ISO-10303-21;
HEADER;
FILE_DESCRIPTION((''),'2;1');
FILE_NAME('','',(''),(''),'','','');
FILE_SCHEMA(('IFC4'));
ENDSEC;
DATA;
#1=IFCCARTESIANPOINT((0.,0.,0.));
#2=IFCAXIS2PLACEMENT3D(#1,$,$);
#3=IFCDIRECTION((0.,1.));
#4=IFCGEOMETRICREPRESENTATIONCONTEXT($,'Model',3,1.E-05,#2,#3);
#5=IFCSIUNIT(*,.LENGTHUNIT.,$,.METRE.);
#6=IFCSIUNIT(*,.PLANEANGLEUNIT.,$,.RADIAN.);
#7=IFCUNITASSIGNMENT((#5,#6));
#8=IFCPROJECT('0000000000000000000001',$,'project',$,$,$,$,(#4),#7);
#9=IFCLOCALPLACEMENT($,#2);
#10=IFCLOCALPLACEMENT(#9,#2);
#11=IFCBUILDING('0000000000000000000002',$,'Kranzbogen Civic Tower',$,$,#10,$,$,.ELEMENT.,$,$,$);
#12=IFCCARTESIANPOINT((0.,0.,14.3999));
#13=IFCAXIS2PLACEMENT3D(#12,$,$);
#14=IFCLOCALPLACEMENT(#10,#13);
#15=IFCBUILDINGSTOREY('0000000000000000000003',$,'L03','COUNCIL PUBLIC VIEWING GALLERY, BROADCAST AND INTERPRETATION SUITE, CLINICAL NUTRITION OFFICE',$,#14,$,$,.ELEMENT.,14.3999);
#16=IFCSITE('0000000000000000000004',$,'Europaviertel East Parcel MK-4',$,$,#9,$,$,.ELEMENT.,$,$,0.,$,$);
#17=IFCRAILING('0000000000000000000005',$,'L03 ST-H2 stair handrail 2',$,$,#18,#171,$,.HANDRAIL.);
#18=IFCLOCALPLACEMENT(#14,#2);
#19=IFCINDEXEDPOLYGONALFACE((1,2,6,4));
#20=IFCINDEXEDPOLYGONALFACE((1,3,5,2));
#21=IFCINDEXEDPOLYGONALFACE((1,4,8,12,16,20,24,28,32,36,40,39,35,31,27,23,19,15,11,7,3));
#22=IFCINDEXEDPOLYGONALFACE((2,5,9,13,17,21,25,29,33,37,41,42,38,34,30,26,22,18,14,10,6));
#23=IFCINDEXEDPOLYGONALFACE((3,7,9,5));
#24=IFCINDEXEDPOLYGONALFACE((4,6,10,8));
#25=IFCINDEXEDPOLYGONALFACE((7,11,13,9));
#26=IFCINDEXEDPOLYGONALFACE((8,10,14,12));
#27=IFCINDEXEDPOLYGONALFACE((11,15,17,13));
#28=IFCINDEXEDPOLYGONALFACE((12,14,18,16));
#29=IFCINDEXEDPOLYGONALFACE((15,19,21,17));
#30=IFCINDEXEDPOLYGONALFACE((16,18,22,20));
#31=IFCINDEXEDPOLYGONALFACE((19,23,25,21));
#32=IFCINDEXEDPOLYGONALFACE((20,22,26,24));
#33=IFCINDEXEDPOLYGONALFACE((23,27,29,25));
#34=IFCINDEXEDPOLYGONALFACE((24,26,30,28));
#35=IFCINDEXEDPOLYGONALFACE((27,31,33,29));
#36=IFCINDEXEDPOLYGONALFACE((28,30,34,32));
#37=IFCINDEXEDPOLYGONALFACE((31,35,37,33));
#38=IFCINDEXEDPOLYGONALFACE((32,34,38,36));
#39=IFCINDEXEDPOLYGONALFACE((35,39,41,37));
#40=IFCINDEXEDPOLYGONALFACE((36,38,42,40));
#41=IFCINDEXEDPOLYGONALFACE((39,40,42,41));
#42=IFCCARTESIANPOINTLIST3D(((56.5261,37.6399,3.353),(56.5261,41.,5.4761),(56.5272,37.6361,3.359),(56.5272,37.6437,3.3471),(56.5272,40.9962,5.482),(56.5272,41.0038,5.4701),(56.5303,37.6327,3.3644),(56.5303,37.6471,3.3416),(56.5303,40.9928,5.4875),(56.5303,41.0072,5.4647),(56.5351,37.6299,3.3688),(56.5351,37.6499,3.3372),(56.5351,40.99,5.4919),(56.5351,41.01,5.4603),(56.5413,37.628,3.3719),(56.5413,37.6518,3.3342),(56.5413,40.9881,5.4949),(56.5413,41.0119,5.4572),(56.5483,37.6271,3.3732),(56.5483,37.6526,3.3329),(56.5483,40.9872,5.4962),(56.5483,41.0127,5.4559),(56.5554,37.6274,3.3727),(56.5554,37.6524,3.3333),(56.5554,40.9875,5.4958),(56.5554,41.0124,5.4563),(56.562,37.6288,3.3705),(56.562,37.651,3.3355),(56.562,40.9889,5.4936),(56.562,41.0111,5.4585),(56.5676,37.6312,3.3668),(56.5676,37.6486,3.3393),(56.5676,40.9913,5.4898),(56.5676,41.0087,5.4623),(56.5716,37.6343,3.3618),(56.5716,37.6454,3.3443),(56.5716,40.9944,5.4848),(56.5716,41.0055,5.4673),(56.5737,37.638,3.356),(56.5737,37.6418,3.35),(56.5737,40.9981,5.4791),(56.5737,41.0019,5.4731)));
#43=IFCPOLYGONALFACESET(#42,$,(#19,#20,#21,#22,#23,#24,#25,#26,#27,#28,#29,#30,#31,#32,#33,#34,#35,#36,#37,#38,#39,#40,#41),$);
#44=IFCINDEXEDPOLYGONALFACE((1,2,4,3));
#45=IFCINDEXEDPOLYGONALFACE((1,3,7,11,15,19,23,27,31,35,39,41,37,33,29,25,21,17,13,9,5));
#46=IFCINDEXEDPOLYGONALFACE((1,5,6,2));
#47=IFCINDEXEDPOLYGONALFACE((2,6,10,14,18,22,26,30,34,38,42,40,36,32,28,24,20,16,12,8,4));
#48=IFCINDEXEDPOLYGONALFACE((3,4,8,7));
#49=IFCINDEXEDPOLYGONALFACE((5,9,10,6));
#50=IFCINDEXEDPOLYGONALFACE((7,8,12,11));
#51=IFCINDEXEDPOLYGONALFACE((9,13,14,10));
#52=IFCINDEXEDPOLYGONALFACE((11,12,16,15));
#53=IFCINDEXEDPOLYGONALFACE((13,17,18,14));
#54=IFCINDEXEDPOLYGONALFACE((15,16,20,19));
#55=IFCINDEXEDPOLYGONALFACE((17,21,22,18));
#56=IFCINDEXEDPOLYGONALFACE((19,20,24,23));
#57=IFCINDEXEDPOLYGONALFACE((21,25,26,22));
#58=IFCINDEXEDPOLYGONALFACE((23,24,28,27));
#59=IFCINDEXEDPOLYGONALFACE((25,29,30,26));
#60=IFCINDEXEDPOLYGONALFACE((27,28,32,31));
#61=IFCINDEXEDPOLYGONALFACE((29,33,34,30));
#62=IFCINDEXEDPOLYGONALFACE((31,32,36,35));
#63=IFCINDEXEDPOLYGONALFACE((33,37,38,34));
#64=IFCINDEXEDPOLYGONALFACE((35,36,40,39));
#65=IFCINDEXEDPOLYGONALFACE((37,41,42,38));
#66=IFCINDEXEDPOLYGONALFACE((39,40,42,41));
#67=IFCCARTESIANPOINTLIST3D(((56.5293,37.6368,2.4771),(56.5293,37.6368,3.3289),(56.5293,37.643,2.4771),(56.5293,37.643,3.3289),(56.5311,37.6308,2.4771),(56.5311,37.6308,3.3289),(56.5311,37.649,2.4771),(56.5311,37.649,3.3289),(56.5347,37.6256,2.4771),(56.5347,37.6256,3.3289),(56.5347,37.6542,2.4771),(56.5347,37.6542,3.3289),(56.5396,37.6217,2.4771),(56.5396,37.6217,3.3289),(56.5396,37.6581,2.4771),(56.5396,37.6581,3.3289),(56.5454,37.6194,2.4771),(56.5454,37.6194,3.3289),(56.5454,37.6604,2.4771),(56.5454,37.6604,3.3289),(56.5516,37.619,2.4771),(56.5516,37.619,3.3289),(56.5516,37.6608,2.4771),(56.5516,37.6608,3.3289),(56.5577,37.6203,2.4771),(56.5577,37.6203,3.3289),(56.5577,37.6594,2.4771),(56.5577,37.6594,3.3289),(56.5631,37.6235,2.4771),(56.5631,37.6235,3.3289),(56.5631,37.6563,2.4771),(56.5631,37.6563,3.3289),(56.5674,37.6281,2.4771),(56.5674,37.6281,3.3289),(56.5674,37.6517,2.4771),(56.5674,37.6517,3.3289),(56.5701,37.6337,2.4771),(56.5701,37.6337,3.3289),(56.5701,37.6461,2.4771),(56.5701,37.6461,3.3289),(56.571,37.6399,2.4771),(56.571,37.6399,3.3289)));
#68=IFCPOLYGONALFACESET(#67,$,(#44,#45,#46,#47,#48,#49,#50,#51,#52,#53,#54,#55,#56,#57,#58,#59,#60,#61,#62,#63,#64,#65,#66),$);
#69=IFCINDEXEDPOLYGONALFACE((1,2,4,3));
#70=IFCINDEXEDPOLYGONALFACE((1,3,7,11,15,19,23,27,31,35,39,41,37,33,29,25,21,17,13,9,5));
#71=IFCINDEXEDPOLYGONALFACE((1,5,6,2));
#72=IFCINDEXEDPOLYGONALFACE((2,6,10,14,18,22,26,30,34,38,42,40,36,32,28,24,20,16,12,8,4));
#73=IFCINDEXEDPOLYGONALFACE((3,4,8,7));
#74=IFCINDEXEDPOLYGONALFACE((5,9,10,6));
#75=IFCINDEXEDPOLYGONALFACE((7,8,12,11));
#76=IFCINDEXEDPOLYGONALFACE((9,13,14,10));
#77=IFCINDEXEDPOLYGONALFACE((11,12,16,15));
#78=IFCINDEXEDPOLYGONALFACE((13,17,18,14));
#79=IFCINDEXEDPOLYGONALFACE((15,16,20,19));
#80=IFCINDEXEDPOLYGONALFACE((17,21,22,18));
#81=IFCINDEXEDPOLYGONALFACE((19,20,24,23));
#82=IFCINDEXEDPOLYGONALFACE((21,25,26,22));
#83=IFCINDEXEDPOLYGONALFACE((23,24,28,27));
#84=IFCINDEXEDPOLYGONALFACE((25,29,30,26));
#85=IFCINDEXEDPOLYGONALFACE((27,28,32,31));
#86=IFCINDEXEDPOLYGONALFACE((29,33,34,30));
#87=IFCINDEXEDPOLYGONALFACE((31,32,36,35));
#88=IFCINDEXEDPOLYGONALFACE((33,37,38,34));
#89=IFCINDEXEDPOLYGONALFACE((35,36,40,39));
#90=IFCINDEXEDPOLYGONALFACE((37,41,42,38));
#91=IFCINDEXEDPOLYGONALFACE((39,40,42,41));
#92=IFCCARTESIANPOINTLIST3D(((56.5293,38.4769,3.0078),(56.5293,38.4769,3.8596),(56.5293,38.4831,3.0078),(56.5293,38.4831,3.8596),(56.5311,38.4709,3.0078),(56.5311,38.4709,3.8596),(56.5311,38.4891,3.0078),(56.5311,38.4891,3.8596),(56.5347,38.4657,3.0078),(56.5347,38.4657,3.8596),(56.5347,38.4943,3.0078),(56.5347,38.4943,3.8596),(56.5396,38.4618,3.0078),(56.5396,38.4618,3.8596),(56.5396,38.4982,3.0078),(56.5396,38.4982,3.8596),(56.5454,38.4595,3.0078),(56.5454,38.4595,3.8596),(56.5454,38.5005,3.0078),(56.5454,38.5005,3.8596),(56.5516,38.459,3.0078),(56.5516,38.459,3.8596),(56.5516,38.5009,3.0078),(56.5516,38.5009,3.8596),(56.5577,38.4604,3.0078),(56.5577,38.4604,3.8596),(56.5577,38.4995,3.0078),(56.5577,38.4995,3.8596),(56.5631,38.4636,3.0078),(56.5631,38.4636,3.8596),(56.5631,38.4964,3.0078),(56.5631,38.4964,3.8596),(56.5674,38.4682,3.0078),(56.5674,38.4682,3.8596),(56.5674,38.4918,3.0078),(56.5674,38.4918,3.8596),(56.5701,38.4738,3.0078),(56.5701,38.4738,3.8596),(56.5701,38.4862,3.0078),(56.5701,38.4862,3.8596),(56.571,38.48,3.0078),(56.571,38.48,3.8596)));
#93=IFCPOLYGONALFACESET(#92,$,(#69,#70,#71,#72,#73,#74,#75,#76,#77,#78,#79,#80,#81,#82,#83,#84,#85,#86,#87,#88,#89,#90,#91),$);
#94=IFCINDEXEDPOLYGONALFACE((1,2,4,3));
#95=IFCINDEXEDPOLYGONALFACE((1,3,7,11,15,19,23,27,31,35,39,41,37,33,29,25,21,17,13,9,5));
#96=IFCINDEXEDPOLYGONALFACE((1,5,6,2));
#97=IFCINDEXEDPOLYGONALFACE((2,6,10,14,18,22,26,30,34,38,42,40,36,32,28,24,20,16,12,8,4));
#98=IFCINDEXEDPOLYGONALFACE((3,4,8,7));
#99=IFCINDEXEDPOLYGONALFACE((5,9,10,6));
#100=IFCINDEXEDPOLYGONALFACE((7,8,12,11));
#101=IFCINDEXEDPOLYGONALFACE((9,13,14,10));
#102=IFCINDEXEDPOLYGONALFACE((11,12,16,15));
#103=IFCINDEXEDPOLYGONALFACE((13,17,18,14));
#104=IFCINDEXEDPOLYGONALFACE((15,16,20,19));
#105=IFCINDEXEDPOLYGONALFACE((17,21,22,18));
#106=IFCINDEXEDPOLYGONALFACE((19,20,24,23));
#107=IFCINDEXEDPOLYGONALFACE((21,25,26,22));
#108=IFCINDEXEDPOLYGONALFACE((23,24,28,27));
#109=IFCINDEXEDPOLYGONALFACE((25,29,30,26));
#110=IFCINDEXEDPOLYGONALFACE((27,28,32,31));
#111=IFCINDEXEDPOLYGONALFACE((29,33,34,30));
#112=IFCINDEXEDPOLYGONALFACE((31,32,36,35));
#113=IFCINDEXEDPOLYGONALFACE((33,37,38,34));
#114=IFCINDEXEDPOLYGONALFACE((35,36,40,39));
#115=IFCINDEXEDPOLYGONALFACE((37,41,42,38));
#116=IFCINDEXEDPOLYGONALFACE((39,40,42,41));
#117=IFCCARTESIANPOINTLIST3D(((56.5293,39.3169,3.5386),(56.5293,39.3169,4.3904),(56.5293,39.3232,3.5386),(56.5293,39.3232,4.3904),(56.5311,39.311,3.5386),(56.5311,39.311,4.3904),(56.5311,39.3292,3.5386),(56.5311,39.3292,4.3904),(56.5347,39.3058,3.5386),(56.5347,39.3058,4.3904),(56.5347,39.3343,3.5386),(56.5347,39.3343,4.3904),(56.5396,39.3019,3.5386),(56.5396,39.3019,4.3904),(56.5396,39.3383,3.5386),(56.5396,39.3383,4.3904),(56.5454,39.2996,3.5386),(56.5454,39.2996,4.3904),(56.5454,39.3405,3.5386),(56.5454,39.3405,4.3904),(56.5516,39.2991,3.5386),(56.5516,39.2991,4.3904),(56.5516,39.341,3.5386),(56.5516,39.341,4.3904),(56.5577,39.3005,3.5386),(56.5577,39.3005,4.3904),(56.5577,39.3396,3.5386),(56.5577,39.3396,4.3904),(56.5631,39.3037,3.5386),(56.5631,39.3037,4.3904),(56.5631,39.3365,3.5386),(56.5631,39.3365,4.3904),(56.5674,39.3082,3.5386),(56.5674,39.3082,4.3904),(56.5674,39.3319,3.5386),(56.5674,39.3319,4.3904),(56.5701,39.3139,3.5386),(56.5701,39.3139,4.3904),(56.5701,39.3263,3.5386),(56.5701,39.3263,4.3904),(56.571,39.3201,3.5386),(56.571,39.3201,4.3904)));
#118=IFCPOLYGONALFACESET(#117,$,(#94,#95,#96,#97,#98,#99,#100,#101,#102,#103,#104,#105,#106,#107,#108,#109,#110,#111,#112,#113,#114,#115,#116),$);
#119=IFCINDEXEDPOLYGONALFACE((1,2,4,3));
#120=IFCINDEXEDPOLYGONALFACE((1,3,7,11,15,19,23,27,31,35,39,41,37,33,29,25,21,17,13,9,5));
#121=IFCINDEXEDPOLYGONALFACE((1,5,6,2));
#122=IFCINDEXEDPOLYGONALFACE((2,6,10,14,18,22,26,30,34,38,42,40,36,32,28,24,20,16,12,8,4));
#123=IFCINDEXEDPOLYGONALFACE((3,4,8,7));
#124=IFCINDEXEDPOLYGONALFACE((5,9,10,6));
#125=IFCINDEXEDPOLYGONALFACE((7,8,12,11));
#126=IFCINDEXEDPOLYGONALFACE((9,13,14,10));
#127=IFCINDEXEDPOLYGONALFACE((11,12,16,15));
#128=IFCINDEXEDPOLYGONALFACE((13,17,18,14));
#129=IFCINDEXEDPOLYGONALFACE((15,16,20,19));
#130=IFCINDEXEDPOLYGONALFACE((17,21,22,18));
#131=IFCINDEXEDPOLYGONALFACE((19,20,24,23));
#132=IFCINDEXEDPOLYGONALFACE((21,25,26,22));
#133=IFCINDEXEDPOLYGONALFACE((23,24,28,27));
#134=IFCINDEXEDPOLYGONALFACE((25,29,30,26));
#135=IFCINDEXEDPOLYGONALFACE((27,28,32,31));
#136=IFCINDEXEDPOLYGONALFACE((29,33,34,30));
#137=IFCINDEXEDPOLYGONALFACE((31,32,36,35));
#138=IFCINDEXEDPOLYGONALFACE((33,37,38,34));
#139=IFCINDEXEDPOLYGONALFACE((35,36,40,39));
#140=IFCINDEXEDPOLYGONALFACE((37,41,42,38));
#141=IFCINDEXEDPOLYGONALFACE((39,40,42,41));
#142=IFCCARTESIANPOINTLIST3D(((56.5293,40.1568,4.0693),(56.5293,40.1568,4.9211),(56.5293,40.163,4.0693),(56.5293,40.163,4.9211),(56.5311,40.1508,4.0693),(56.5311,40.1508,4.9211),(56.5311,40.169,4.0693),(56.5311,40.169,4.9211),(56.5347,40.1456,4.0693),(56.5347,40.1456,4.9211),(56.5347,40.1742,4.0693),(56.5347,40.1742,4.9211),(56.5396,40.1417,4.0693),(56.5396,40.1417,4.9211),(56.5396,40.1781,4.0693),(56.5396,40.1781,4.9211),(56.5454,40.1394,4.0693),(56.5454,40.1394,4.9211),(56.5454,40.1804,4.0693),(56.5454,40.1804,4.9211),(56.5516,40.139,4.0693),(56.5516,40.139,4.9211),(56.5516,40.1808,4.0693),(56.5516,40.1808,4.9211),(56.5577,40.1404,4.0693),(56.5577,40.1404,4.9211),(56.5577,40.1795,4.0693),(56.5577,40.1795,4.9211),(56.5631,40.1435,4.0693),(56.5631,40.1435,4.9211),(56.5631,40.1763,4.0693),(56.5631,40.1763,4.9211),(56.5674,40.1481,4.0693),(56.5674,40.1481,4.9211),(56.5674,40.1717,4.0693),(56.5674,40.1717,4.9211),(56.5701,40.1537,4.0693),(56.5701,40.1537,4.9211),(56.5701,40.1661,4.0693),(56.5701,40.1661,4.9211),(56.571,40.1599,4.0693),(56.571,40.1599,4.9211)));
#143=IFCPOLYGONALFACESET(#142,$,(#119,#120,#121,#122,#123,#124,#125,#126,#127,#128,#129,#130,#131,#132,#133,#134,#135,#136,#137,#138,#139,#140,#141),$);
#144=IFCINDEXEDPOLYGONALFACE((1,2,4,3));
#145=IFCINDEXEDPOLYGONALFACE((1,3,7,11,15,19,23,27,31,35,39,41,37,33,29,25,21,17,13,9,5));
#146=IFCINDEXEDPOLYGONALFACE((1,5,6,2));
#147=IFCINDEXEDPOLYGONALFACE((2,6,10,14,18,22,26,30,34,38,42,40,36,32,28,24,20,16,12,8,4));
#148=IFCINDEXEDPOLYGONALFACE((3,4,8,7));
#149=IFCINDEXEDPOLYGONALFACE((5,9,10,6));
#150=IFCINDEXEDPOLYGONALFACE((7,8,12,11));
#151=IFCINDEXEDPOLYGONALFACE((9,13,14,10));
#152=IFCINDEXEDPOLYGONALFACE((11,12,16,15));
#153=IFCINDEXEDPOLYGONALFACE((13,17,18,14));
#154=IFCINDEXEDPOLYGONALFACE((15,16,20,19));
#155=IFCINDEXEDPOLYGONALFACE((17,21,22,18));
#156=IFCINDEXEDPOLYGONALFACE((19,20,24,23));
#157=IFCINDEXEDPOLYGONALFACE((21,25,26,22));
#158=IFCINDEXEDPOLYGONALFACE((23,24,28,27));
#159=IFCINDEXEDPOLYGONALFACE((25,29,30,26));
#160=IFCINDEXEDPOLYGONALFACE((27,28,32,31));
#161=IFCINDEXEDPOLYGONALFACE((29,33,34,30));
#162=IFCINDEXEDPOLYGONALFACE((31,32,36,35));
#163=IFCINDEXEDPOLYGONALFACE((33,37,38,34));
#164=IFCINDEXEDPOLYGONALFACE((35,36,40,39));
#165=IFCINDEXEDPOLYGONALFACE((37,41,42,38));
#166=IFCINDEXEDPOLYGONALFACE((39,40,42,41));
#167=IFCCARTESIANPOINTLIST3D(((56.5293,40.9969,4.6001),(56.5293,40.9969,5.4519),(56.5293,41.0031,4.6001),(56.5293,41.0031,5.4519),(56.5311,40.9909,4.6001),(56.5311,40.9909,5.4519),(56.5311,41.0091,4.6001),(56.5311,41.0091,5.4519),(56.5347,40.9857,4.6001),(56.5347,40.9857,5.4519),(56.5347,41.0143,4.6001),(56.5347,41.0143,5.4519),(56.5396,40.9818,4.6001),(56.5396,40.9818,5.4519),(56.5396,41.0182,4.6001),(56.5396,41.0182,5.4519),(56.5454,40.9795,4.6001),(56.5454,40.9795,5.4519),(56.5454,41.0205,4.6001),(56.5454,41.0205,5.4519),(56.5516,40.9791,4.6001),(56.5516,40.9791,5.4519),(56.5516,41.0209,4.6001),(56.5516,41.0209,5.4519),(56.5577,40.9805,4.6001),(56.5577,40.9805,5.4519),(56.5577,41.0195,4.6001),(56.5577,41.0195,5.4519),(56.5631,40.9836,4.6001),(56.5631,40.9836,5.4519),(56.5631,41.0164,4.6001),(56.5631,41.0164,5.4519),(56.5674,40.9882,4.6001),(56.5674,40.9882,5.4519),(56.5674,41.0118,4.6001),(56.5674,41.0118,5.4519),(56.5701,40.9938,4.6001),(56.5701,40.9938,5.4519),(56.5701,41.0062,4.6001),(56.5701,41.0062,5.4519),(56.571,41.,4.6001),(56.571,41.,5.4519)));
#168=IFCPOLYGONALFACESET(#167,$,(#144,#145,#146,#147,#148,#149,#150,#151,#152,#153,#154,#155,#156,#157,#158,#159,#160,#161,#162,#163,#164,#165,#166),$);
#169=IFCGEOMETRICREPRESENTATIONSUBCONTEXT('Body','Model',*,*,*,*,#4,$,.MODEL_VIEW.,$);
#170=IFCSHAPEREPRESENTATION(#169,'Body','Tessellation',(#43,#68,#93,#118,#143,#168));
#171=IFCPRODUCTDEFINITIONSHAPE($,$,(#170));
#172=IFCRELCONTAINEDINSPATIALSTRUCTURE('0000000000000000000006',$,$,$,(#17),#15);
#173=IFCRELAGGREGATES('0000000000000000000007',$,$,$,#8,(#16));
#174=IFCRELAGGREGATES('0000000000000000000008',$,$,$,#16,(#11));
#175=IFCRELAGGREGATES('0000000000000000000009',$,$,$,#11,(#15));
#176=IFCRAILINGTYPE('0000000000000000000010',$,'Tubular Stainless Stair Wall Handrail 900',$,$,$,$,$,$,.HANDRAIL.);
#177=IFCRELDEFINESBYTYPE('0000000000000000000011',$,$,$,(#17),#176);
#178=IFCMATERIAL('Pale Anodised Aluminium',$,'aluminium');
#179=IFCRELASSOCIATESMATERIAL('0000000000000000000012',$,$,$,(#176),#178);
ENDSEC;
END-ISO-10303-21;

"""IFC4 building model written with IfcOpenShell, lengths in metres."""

from ifc_helpers import new_model, si_unit, direction, frame, origin, origin_2d, place, context, subcontext, project, spatial, circle, extrude, material, type_object, element, save


model = new_model("IFC4")

# Units and contexts
model_context = context("Model", 3, precision=1e-05, world=origin(), true_north=direction((0.0, 1.0)))
body_context = subcontext(model_context, "Body", "Model", "MODEL_VIEW")
ifc_project = project(units=[si_unit("LENGTHUNIT", "METRE"), si_unit("PLANEANGLEUNIT", "RADIAN")], contexts=[model_context])

# Site, building, storey
site_placement = place(None, origin())
site = spatial("IfcSite", under=ifc_project, at=site_placement, Name="Europaviertel East Parcel MK-4", CompositionType="ELEMENT", RefElevation=0.0)
building_placement = place(site_placement, origin())
building = spatial("IfcBuilding", under=site, at=building_placement, Name="Kranzbogen Civic Tower", CompositionType="ELEMENT")
storey_placement = place(building_placement, frame((0.0, 0.0, 14.3999)))
storey = spatial("IfcBuildingStorey", under=building, at=storey_placement, Name="L03", Description="COUNCIL PUBLIC VIEWING GALLERY, BROADCAST AND INTERPRETATION SUITE, CLINICAL NUTRITION OFFICE", CompositionType="ELEMENT", Elevation=14.3999)

# Shared definitions
ifc_material_1 = material(Name="Pale Anodised Aluminium", Category="aluminium")

# Railing
railing_type_1 = type_object("IfcRailingType", Name="Tubular Stainless Stair Wall Handrail 900", PredefinedType="HANDRAIL", material=ifc_material_1)
railing_1_placement = place(storey_placement, frame((56.55, 37.6399, 2.4771)))
element("IfcRailing", 1, at=railing_1_placement, inside=storey, type_object=railing_type_1, Name="L03 ST-H2 stair handrail 2", PredefinedType="HANDRAIL", context=body_context, shape_type="SweptSolid", body=[
    extrude(circle(Radius=0.0239, at=origin_2d()), frame((0.0, 0.0, 0.876), z_axis=(0.0, 0.84539, 0.53415), x_axis=(-1.0, 0.0, 0.0)), (0.0, 0.0, 1.0), 3.9746),
    extrude(circle(Radius=0.021, at=origin_2d()), origin(), (0.0, 0.0, 1.0), 0.8518),
    extrude(circle(Radius=0.021, at=origin_2d()), frame((0.0, 0.8401, 0.5308)), (0.0, 0.0, 1.0), 0.8518),
    extrude(circle(Radius=0.021, at=origin_2d()), frame((0.0, 1.6802, 1.0615)), (0.0, 0.0, 1.0), 0.8518),
    extrude(circle(Radius=0.021, at=origin_2d()), frame((0.0, 2.52, 1.5923)), (0.0, 0.0, 1.0), 0.8518),
    extrude(circle(Radius=0.021, at=origin_2d()), frame((0.0, 3.3601, 2.123)), (0.0, 0.0, 1.0), 0.8518),
])

save(model, "model.ifc")
